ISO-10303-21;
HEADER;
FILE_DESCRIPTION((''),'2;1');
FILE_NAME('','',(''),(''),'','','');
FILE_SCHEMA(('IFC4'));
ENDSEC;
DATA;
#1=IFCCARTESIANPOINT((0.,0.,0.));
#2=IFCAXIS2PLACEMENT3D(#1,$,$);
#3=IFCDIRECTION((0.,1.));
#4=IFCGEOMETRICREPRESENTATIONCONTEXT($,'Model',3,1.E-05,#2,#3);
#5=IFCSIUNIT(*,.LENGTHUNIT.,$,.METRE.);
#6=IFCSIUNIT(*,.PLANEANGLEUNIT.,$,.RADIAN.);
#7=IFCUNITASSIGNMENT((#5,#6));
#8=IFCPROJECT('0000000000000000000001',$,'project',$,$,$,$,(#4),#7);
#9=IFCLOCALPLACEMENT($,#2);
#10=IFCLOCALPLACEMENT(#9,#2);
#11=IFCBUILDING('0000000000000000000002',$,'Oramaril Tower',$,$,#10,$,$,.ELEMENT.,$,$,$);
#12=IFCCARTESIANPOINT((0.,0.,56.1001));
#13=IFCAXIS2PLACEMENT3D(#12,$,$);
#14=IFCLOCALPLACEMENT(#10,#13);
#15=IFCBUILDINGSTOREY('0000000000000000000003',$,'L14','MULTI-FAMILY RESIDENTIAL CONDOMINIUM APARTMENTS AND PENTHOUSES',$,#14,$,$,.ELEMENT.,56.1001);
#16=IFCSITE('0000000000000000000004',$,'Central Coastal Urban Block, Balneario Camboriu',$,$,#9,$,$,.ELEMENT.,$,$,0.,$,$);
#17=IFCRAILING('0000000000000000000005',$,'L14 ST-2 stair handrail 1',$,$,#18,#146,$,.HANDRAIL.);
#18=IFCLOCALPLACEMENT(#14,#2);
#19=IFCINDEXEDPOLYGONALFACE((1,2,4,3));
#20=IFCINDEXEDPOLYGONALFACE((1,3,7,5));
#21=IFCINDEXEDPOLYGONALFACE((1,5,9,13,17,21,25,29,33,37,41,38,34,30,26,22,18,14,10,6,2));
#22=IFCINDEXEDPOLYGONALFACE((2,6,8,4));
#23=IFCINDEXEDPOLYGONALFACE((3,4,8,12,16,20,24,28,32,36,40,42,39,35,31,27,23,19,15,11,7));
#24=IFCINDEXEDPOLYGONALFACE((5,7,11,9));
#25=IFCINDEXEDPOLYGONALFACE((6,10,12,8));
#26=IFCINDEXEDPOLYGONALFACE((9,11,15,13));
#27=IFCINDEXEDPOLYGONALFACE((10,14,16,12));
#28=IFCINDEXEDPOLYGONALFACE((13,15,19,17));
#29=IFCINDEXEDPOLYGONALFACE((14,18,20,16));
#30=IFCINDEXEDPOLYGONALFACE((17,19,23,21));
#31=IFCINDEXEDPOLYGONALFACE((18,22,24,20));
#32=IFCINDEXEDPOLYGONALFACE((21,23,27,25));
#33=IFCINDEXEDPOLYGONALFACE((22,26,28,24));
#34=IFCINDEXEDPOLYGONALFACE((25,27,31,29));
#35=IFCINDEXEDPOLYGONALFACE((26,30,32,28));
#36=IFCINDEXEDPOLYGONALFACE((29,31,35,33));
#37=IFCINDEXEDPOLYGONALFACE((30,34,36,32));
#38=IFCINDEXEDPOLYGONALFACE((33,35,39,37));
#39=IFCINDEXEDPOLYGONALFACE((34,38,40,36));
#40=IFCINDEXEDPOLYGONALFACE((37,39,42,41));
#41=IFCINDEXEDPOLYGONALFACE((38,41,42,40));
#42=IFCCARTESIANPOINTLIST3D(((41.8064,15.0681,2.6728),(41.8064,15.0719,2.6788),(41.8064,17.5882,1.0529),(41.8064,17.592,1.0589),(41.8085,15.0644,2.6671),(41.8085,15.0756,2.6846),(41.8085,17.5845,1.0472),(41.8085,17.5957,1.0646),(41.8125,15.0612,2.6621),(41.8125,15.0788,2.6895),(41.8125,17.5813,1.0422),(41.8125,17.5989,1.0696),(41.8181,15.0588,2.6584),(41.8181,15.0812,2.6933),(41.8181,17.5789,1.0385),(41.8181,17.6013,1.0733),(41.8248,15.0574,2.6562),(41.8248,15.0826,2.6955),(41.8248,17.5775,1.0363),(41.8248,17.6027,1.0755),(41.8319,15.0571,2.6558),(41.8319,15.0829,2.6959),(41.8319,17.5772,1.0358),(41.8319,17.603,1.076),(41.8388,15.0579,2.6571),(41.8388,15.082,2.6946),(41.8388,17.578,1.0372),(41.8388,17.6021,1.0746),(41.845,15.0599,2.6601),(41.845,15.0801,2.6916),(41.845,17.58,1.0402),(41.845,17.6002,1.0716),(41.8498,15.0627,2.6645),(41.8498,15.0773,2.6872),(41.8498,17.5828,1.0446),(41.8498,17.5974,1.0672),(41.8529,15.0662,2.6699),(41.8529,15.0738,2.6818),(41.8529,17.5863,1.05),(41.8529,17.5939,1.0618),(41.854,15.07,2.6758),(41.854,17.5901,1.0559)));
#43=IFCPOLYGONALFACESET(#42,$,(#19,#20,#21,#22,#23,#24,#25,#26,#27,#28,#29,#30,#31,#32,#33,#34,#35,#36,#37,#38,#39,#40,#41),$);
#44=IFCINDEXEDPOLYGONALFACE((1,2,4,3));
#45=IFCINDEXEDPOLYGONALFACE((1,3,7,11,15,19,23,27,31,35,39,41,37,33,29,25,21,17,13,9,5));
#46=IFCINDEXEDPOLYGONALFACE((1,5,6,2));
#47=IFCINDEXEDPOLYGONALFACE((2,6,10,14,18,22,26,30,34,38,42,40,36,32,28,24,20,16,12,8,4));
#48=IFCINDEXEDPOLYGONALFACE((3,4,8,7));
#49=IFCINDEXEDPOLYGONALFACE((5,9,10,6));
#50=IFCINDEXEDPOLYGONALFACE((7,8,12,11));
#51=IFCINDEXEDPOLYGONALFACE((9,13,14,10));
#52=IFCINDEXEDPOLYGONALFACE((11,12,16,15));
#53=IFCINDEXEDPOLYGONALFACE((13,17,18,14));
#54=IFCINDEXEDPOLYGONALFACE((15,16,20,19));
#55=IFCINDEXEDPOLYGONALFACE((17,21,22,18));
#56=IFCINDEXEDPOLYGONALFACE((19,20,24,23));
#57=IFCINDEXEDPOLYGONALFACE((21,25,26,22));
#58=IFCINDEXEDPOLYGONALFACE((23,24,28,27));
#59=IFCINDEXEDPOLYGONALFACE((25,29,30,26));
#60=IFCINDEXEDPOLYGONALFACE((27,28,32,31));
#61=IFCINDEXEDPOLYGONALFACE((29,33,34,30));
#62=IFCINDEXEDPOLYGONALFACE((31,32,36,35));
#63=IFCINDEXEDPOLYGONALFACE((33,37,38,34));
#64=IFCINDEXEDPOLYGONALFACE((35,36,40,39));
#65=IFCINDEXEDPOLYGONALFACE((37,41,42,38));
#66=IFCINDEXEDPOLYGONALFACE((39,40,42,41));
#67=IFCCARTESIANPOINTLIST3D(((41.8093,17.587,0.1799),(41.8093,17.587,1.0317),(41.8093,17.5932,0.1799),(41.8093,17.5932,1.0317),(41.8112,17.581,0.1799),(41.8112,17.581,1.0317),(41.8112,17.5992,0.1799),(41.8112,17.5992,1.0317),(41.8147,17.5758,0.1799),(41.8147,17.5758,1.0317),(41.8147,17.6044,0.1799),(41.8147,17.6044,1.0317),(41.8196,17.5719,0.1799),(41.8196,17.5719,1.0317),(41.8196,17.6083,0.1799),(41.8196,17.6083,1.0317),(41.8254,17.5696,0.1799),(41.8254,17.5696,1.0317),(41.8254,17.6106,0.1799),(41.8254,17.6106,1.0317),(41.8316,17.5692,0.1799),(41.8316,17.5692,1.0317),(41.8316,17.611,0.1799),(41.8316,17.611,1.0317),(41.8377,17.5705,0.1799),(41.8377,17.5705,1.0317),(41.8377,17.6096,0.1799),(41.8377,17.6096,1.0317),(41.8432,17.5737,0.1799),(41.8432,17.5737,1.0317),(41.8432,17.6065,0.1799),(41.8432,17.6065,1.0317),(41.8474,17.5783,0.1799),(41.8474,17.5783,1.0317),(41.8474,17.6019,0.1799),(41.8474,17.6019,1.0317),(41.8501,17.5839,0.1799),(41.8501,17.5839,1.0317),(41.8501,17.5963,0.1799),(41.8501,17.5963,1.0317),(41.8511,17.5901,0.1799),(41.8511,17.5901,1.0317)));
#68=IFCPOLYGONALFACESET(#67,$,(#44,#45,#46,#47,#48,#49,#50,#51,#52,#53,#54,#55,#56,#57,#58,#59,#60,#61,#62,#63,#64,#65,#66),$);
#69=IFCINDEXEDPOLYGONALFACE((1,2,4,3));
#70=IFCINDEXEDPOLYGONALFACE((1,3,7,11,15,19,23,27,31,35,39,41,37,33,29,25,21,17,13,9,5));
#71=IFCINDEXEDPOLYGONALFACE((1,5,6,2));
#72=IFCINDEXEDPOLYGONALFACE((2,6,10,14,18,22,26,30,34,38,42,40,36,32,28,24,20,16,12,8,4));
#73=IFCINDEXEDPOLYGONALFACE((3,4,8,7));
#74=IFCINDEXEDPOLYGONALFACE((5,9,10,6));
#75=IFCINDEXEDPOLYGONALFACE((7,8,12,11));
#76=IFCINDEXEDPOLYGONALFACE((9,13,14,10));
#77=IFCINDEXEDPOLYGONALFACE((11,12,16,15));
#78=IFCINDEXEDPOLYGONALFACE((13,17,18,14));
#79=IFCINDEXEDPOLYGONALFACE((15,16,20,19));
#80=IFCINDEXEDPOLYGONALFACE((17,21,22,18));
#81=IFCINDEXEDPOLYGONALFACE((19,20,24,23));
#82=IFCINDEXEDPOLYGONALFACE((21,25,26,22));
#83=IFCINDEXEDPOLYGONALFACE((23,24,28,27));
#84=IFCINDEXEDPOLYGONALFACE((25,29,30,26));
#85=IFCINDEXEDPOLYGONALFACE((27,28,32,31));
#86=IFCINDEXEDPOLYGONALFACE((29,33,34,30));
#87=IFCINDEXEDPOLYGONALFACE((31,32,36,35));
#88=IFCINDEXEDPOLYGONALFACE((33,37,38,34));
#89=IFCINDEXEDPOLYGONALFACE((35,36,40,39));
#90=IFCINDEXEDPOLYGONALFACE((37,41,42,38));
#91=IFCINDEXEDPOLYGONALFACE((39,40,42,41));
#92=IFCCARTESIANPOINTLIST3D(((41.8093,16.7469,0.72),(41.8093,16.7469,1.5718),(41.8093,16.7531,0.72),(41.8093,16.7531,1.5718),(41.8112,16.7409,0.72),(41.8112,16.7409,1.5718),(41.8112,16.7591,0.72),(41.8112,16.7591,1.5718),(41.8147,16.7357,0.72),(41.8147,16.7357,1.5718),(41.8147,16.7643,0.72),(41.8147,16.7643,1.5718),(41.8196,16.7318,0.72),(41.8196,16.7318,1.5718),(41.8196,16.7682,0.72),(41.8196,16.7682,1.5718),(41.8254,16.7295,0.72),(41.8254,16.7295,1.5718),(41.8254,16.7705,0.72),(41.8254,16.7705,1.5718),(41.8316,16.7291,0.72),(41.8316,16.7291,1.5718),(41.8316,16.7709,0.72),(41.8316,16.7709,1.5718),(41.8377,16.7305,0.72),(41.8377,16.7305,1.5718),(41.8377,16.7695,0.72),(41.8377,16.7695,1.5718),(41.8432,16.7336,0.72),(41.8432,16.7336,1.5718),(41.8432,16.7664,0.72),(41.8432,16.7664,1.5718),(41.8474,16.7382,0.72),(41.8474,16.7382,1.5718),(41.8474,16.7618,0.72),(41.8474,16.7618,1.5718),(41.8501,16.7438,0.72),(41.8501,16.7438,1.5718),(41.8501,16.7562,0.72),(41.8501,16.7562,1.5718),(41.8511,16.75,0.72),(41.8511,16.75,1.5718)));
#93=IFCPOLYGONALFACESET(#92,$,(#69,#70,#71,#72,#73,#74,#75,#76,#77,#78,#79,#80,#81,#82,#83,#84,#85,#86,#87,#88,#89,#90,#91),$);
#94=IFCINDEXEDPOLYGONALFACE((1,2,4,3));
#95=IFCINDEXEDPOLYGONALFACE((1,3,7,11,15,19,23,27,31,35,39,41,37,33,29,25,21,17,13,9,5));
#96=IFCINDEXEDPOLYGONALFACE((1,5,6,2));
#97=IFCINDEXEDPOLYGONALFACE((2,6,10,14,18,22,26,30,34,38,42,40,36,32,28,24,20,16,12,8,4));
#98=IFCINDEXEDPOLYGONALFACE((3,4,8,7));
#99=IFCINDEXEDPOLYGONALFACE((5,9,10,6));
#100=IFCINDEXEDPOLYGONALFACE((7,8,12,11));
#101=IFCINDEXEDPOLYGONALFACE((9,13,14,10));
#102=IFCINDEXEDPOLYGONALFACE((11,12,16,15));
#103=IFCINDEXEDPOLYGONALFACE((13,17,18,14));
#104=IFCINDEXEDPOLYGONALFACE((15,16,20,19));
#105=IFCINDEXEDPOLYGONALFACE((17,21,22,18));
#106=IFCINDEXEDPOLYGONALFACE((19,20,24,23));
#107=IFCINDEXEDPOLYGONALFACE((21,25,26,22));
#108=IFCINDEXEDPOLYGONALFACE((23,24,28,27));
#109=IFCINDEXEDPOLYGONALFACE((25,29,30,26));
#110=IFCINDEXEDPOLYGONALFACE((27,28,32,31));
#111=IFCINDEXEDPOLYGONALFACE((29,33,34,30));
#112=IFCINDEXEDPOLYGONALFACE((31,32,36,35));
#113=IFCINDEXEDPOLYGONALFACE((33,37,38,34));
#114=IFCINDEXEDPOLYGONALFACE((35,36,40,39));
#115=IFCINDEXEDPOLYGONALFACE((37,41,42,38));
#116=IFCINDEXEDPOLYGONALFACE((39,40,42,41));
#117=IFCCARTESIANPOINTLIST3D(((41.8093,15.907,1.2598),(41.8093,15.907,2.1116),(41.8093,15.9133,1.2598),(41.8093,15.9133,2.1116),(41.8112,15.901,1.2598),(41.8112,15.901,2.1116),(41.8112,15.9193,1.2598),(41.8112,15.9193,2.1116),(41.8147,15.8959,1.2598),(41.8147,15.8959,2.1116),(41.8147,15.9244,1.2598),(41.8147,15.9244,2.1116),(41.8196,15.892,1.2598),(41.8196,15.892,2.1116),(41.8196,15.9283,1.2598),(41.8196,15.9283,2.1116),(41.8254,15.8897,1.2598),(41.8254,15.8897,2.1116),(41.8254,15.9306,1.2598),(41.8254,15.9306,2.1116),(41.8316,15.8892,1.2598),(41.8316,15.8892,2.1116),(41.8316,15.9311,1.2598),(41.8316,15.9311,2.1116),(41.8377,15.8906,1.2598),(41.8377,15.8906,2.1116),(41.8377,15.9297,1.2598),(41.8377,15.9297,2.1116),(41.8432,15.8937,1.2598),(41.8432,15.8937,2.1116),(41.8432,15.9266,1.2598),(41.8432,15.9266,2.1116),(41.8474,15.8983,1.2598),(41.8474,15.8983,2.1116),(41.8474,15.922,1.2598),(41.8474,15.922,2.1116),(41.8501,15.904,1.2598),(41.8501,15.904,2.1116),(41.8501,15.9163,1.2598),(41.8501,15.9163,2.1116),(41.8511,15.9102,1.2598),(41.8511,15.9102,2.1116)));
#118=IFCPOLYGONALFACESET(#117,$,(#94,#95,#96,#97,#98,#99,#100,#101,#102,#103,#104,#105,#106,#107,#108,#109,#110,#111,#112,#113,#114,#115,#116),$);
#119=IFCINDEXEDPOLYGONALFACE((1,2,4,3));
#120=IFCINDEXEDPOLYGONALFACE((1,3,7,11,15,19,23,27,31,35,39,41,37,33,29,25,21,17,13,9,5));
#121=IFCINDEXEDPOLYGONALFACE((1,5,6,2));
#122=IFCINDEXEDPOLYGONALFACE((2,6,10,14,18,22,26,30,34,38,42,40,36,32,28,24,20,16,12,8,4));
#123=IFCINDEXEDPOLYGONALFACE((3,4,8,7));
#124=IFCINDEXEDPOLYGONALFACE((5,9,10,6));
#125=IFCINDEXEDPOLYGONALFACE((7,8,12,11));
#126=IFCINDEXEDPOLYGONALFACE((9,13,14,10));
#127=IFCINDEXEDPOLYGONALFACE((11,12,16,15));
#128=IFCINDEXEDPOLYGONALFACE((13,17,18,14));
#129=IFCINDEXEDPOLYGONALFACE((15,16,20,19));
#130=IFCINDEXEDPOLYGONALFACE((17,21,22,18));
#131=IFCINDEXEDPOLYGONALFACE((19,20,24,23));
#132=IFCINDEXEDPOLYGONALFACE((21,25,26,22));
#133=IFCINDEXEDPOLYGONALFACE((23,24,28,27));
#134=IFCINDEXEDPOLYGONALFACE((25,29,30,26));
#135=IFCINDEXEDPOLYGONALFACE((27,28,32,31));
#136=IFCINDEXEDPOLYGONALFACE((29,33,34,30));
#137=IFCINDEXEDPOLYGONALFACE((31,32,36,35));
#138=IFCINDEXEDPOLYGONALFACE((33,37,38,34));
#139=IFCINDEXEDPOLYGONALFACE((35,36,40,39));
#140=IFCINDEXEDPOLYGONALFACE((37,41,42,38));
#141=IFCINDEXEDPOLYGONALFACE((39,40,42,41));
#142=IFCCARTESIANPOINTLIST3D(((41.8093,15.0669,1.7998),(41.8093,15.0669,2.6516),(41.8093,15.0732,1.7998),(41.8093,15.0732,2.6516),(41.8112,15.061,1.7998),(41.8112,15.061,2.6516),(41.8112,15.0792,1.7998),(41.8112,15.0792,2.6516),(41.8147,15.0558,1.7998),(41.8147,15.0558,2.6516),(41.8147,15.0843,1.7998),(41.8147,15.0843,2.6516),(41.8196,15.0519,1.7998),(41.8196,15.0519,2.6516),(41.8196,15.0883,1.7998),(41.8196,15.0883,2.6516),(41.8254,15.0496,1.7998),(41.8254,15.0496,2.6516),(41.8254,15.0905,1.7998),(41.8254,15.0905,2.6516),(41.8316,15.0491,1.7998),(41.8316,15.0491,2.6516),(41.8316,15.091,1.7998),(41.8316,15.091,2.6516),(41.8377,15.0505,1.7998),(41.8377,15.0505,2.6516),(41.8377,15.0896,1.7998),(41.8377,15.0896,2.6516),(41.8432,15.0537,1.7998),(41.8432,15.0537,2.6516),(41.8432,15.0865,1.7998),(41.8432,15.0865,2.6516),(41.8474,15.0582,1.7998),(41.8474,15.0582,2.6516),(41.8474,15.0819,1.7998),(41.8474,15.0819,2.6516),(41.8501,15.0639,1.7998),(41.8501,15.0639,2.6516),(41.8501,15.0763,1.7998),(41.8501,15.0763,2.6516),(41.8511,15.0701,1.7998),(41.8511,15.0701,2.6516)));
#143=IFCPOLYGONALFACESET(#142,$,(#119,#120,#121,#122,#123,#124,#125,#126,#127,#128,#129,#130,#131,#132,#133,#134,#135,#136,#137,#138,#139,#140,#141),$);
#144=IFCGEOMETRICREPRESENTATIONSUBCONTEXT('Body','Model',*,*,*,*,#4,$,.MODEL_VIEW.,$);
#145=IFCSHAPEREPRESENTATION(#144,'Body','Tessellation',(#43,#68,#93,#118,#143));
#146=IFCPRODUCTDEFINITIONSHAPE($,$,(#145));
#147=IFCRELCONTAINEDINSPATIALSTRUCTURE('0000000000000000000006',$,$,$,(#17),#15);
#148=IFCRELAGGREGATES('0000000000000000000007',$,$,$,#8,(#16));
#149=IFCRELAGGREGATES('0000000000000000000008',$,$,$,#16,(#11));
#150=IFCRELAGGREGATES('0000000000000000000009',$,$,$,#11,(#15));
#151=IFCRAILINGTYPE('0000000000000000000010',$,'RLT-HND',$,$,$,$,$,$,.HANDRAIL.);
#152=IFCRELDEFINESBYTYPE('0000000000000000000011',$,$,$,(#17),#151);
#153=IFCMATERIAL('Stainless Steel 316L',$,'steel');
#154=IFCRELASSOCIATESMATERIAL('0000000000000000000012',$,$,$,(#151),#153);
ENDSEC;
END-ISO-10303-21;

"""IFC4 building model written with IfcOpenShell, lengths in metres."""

from ifc_helpers import new_model, si_unit, direction, frame, origin, origin_2d, place, context, subcontext, project, spatial, circle, extrude, material, type_object, element, save


model = new_model("IFC4")

# Units and contexts
model_context = context("Model", 3, precision=1e-05, world=origin(), true_north=direction((0.0, 1.0)))
body_context = subcontext(model_context, "Body", "Model", "MODEL_VIEW")
ifc_project = project(units=[si_unit("LENGTHUNIT", "METRE"), si_unit("PLANEANGLEUNIT", "RADIAN")], contexts=[model_context])

# Site, building, storey
site_placement = place(None, origin())
site = spatial("IfcSite", under=ifc_project, at=site_placement, Name="Central Coastal Urban Block, Balneario Camboriu", CompositionType="ELEMENT", RefElevation=0.0)
building_placement = place(site_placement, origin())
building = spatial("IfcBuilding", under=site, at=building_placement, Name="Oramaril Tower", CompositionType="ELEMENT")
storey_placement = place(building_placement, frame((0.0, 0.0, 56.1001)))
storey = spatial("IfcBuildingStorey", under=building, at=storey_placement, Name="L14", Description="MULTI-FAMILY RESIDENTIAL CONDOMINIUM APARTMENTS AND PENTHOUSES", CompositionType="ELEMENT", Elevation=56.1001)

# Railing
ifc_material_1 = material(Name="Stainless Steel 316L", Category="steel")
railing_type_1 = type_object("IfcRailingType", Name="RLT-HND", PredefinedType="HANDRAIL", material=ifc_material_1)
railing_1_placement = place(storey_placement, frame((41.8301, 17.5901, 0.1799)))
element("IfcRailing", 1, at=railing_1_placement, inside=storey, type_object=railing_type_1, Name="L14 ST-2 stair handrail 1", PredefinedType="HANDRAIL", context=body_context, shape_type="SweptSolid", body=[
    extrude(circle(Radius=0.0239, at=origin_2d()), frame((0.0, 0.0, 0.876), z_axis=(0.0, -0.8412, 0.540725), x_axis=(1.0, 0.0, 0.0)), (0.0, 0.0, 1.0), 2.9958),
    extrude(circle(Radius=0.021, at=origin_2d()), origin(), (0.0, 0.0, 1.0), 0.8518),
    extrude(circle(Radius=0.021, at=origin_2d()), frame((0.0, -0.8401, 0.54)), (0.0, 0.0, 1.0), 0.8518),
    extrude(circle(Radius=0.021, at=origin_2d()), frame((0.0, -1.6799, 1.0798)), (0.0, 0.0, 1.0), 0.8518),
    extrude(circle(Radius=0.021, at=origin_2d()), frame((0.0, -2.52, 1.6199)), (0.0, 0.0, 1.0), 0.8518),
])

save(model, "model.ifc")
